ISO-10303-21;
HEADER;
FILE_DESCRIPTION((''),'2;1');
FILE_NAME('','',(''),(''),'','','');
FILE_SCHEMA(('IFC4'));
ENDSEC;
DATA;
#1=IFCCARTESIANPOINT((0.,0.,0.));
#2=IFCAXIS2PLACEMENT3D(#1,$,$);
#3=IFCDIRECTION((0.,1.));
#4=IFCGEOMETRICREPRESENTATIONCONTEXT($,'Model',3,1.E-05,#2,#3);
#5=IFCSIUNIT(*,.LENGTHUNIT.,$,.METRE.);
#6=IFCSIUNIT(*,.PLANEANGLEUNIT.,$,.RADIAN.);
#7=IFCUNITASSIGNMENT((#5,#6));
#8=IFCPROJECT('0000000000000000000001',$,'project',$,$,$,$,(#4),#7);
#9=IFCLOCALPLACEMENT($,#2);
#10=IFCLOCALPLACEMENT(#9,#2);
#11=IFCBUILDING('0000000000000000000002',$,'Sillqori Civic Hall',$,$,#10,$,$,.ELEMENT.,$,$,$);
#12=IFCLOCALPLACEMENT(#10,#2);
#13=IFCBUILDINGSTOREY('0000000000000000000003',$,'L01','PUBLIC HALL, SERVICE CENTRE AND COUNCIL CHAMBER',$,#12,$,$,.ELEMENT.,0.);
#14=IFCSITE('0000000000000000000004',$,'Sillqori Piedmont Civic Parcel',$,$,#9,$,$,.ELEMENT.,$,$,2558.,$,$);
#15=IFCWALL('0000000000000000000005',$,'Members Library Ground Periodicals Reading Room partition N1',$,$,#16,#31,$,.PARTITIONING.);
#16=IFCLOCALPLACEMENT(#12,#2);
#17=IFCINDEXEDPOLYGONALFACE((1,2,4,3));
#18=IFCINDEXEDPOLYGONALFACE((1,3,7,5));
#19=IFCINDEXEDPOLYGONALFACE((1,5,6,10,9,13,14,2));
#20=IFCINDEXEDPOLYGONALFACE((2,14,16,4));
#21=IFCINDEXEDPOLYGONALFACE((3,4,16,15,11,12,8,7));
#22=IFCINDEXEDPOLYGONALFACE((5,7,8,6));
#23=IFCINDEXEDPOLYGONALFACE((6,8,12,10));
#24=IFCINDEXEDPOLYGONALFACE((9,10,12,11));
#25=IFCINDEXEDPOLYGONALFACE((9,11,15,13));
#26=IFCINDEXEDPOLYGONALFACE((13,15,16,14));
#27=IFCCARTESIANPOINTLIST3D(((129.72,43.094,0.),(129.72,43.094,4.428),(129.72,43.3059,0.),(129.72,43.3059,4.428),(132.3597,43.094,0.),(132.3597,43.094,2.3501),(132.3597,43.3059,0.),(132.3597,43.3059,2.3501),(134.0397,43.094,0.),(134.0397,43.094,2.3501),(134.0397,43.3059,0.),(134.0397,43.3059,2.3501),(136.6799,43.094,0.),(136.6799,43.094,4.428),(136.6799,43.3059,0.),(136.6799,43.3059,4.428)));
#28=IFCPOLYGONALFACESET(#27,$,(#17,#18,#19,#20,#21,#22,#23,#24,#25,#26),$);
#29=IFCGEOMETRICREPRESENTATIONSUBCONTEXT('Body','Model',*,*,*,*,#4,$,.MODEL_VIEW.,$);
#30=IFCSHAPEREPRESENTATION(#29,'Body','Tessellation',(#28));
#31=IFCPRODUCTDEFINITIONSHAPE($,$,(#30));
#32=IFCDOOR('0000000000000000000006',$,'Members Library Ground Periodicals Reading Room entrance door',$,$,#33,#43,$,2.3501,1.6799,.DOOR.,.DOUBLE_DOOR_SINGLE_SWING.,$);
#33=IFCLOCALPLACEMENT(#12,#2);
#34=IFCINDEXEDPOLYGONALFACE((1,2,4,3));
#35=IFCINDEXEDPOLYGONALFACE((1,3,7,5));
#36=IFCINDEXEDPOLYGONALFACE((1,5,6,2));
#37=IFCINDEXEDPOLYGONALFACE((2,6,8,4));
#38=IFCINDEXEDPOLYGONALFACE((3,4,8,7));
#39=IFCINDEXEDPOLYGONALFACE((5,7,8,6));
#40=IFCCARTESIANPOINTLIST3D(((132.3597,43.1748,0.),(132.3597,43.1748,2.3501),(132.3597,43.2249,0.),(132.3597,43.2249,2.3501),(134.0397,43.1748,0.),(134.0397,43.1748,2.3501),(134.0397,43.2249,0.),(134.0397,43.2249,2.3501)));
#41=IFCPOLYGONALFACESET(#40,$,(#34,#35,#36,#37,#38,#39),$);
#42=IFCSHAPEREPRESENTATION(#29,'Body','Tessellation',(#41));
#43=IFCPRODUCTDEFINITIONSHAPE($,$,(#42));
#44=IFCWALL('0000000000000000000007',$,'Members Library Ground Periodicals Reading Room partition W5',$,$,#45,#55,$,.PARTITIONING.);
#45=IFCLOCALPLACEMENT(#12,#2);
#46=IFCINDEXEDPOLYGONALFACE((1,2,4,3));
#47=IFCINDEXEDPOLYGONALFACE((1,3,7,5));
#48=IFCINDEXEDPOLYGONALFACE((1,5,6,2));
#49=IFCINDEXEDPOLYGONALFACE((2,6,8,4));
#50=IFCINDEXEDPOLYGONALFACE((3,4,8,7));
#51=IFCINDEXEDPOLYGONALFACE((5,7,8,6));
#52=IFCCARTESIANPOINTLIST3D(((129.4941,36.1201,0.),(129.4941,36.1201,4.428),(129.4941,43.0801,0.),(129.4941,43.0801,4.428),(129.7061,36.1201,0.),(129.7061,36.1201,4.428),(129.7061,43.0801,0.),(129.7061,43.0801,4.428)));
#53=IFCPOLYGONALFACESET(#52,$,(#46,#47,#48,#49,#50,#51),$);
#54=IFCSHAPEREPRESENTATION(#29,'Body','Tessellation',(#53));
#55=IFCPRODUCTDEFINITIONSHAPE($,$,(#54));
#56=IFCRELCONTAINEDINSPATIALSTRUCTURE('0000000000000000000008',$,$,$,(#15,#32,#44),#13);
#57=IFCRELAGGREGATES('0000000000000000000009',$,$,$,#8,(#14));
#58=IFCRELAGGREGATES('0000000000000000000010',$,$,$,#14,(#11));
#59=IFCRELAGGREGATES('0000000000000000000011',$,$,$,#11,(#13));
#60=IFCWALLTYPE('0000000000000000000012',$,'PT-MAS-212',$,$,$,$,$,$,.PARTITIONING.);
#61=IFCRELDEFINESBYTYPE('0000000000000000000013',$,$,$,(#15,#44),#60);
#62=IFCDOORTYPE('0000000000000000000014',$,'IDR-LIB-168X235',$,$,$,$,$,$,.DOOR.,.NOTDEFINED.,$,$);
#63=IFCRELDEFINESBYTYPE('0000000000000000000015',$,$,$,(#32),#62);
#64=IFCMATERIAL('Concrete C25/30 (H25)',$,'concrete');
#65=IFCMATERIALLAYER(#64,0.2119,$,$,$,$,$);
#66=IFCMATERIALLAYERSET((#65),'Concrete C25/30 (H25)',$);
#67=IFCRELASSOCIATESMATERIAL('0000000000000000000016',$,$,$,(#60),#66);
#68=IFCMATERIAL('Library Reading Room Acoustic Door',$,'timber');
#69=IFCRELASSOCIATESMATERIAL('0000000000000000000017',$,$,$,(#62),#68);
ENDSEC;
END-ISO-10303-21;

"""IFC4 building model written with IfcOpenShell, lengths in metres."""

from ifc_helpers import new_model, si_unit, direction, frame, frame_2d, origin, place, context, subcontext, project, spatial, rectangle, extrude, material, layer, layer_set, type_object, element, fill, save


model = new_model("IFC4")

# Units and contexts
model_context = context("Model", 3, precision=1e-05, world=origin(), true_north=direction((0.0, 1.0)))
body_context = subcontext(model_context, "Body", "Model", "MODEL_VIEW")
ifc_project = project(units=[si_unit("LENGTHUNIT", "METRE"), si_unit("PLANEANGLEUNIT", "RADIAN")], contexts=[model_context])

# Site, building, storey
site_placement = place(None, origin())
site = spatial("IfcSite", under=ifc_project, at=site_placement, Name="Sillqori Piedmont Civic Parcel", CompositionType="ELEMENT", RefElevation=2558.0)
building_placement = place(site_placement, origin())
building = spatial("IfcBuilding", under=site, at=building_placement, Name="Sillqori Civic Hall", CompositionType="ELEMENT")
storey_placement = place(building_placement, origin())
storey = spatial("IfcBuildingStorey", under=building, at=storey_placement, Name="L01", Description="PUBLIC HALL, SERVICE CENTRE AND COUNCIL CHAMBER", CompositionType="ELEMENT", Elevation=0.0)

# Wall, opening, door
ifc_material_1 = material(Name="Concrete C25/30 (H25)", Category="concrete")
ifc_layer = layer(ifc_material_1, 0.2119)
ifc_layer_set = layer_set([ifc_layer], Name="Concrete C25/30 (H25)")
wall_type = type_object("IfcWallType", Name="PT-MAS-212", PredefinedType="PARTITIONING", material=ifc_layer_set)
wall_1_placement = place(storey_placement, frame((129.72, 43.2, 0.0), z_axis=(0.0, 0.0, 1.0), x_axis=(1.0, 0.0, 0.0)))
wall_1 = element("IfcWall", 1, at=wall_1_placement, inside=storey, type_object=wall_type, Name="Members Library Ground Periodicals Reading Room partition N1", PredefinedType="PARTITIONING", context=body_context, shape_type="SweptSolid", body=[
    extrude(rectangle(XDim=6.96, YDim=0.2119, at=frame_2d((3.48, 0.0))), origin(), (0.0, 0.0, 1.0), 4.428),
])
opening_placement = place(wall_1_placement, frame((2.6399, 0.0, 0.0)))
opening = element("IfcOpeningElement", 2, at=opening_placement, cuts=wall_1, PredefinedType="OPENING", context=body_context, shape_type="SweptSolid", body=[
    extrude(rectangle(XDim=1.6799, YDim=2.3501, at=frame_2d((0.8398, 1.175))), frame((0.0, 0.116, 0.0), z_axis=(0.0, -1.0, 0.0), x_axis=(1.0, 0.0, 0.0)), (0.0, 0.0, 1.0), 0.2319),
])
ifc_material_2 = material(Name="Library Reading Room Acoustic Door", Category="timber")
door_type = type_object("IfcDoorType", Name="IDR-LIB-168X235", OperationType="NOTDEFINED", PredefinedType="DOOR", material=ifc_material_2)
door_placement = place(opening_placement, origin())
door = element("IfcDoor", 3, at=door_placement, inside=storey, type_object=door_type, Name="Members Library Ground Periodicals Reading Room entrance door", OperationType="DOUBLE_DOOR_SINGLE_SWING", OverallHeight=2.3501, OverallWidth=1.6799, PredefinedType="DOOR", context=body_context, shape_type="SweptSolid", body=[
    extrude(rectangle(XDim=1.6799, YDim=2.3501, at=frame_2d((0.8398, 1.175))), frame((0.0, 0.0249, 0.0), z_axis=(0.0, -1.0, 0.0), x_axis=(1.0, 0.0, 0.0)), (0.0, 0.0, 1.0), 0.05),
])
fill(opening, door)

# Wall
wall_2_placement = place(storey_placement, frame((129.6001, 36.1201, 0.0), z_axis=(0.0, 0.0, 1.0), x_axis=(0.0, 1.0, 0.0)))
element("IfcWall", 4, at=wall_2_placement, inside=storey, type_object=wall_type, Name="Members Library Ground Periodicals Reading Room partition W5", PredefinedType="PARTITIONING", context=body_context, shape_type="SweptSolid", body=[
    extrude(rectangle(XDim=6.96, YDim=0.2119, at=frame_2d((3.48, 0.0))), origin(), (0.0, 0.0, 1.0), 4.428),
])

save(model, "model.ifc")
